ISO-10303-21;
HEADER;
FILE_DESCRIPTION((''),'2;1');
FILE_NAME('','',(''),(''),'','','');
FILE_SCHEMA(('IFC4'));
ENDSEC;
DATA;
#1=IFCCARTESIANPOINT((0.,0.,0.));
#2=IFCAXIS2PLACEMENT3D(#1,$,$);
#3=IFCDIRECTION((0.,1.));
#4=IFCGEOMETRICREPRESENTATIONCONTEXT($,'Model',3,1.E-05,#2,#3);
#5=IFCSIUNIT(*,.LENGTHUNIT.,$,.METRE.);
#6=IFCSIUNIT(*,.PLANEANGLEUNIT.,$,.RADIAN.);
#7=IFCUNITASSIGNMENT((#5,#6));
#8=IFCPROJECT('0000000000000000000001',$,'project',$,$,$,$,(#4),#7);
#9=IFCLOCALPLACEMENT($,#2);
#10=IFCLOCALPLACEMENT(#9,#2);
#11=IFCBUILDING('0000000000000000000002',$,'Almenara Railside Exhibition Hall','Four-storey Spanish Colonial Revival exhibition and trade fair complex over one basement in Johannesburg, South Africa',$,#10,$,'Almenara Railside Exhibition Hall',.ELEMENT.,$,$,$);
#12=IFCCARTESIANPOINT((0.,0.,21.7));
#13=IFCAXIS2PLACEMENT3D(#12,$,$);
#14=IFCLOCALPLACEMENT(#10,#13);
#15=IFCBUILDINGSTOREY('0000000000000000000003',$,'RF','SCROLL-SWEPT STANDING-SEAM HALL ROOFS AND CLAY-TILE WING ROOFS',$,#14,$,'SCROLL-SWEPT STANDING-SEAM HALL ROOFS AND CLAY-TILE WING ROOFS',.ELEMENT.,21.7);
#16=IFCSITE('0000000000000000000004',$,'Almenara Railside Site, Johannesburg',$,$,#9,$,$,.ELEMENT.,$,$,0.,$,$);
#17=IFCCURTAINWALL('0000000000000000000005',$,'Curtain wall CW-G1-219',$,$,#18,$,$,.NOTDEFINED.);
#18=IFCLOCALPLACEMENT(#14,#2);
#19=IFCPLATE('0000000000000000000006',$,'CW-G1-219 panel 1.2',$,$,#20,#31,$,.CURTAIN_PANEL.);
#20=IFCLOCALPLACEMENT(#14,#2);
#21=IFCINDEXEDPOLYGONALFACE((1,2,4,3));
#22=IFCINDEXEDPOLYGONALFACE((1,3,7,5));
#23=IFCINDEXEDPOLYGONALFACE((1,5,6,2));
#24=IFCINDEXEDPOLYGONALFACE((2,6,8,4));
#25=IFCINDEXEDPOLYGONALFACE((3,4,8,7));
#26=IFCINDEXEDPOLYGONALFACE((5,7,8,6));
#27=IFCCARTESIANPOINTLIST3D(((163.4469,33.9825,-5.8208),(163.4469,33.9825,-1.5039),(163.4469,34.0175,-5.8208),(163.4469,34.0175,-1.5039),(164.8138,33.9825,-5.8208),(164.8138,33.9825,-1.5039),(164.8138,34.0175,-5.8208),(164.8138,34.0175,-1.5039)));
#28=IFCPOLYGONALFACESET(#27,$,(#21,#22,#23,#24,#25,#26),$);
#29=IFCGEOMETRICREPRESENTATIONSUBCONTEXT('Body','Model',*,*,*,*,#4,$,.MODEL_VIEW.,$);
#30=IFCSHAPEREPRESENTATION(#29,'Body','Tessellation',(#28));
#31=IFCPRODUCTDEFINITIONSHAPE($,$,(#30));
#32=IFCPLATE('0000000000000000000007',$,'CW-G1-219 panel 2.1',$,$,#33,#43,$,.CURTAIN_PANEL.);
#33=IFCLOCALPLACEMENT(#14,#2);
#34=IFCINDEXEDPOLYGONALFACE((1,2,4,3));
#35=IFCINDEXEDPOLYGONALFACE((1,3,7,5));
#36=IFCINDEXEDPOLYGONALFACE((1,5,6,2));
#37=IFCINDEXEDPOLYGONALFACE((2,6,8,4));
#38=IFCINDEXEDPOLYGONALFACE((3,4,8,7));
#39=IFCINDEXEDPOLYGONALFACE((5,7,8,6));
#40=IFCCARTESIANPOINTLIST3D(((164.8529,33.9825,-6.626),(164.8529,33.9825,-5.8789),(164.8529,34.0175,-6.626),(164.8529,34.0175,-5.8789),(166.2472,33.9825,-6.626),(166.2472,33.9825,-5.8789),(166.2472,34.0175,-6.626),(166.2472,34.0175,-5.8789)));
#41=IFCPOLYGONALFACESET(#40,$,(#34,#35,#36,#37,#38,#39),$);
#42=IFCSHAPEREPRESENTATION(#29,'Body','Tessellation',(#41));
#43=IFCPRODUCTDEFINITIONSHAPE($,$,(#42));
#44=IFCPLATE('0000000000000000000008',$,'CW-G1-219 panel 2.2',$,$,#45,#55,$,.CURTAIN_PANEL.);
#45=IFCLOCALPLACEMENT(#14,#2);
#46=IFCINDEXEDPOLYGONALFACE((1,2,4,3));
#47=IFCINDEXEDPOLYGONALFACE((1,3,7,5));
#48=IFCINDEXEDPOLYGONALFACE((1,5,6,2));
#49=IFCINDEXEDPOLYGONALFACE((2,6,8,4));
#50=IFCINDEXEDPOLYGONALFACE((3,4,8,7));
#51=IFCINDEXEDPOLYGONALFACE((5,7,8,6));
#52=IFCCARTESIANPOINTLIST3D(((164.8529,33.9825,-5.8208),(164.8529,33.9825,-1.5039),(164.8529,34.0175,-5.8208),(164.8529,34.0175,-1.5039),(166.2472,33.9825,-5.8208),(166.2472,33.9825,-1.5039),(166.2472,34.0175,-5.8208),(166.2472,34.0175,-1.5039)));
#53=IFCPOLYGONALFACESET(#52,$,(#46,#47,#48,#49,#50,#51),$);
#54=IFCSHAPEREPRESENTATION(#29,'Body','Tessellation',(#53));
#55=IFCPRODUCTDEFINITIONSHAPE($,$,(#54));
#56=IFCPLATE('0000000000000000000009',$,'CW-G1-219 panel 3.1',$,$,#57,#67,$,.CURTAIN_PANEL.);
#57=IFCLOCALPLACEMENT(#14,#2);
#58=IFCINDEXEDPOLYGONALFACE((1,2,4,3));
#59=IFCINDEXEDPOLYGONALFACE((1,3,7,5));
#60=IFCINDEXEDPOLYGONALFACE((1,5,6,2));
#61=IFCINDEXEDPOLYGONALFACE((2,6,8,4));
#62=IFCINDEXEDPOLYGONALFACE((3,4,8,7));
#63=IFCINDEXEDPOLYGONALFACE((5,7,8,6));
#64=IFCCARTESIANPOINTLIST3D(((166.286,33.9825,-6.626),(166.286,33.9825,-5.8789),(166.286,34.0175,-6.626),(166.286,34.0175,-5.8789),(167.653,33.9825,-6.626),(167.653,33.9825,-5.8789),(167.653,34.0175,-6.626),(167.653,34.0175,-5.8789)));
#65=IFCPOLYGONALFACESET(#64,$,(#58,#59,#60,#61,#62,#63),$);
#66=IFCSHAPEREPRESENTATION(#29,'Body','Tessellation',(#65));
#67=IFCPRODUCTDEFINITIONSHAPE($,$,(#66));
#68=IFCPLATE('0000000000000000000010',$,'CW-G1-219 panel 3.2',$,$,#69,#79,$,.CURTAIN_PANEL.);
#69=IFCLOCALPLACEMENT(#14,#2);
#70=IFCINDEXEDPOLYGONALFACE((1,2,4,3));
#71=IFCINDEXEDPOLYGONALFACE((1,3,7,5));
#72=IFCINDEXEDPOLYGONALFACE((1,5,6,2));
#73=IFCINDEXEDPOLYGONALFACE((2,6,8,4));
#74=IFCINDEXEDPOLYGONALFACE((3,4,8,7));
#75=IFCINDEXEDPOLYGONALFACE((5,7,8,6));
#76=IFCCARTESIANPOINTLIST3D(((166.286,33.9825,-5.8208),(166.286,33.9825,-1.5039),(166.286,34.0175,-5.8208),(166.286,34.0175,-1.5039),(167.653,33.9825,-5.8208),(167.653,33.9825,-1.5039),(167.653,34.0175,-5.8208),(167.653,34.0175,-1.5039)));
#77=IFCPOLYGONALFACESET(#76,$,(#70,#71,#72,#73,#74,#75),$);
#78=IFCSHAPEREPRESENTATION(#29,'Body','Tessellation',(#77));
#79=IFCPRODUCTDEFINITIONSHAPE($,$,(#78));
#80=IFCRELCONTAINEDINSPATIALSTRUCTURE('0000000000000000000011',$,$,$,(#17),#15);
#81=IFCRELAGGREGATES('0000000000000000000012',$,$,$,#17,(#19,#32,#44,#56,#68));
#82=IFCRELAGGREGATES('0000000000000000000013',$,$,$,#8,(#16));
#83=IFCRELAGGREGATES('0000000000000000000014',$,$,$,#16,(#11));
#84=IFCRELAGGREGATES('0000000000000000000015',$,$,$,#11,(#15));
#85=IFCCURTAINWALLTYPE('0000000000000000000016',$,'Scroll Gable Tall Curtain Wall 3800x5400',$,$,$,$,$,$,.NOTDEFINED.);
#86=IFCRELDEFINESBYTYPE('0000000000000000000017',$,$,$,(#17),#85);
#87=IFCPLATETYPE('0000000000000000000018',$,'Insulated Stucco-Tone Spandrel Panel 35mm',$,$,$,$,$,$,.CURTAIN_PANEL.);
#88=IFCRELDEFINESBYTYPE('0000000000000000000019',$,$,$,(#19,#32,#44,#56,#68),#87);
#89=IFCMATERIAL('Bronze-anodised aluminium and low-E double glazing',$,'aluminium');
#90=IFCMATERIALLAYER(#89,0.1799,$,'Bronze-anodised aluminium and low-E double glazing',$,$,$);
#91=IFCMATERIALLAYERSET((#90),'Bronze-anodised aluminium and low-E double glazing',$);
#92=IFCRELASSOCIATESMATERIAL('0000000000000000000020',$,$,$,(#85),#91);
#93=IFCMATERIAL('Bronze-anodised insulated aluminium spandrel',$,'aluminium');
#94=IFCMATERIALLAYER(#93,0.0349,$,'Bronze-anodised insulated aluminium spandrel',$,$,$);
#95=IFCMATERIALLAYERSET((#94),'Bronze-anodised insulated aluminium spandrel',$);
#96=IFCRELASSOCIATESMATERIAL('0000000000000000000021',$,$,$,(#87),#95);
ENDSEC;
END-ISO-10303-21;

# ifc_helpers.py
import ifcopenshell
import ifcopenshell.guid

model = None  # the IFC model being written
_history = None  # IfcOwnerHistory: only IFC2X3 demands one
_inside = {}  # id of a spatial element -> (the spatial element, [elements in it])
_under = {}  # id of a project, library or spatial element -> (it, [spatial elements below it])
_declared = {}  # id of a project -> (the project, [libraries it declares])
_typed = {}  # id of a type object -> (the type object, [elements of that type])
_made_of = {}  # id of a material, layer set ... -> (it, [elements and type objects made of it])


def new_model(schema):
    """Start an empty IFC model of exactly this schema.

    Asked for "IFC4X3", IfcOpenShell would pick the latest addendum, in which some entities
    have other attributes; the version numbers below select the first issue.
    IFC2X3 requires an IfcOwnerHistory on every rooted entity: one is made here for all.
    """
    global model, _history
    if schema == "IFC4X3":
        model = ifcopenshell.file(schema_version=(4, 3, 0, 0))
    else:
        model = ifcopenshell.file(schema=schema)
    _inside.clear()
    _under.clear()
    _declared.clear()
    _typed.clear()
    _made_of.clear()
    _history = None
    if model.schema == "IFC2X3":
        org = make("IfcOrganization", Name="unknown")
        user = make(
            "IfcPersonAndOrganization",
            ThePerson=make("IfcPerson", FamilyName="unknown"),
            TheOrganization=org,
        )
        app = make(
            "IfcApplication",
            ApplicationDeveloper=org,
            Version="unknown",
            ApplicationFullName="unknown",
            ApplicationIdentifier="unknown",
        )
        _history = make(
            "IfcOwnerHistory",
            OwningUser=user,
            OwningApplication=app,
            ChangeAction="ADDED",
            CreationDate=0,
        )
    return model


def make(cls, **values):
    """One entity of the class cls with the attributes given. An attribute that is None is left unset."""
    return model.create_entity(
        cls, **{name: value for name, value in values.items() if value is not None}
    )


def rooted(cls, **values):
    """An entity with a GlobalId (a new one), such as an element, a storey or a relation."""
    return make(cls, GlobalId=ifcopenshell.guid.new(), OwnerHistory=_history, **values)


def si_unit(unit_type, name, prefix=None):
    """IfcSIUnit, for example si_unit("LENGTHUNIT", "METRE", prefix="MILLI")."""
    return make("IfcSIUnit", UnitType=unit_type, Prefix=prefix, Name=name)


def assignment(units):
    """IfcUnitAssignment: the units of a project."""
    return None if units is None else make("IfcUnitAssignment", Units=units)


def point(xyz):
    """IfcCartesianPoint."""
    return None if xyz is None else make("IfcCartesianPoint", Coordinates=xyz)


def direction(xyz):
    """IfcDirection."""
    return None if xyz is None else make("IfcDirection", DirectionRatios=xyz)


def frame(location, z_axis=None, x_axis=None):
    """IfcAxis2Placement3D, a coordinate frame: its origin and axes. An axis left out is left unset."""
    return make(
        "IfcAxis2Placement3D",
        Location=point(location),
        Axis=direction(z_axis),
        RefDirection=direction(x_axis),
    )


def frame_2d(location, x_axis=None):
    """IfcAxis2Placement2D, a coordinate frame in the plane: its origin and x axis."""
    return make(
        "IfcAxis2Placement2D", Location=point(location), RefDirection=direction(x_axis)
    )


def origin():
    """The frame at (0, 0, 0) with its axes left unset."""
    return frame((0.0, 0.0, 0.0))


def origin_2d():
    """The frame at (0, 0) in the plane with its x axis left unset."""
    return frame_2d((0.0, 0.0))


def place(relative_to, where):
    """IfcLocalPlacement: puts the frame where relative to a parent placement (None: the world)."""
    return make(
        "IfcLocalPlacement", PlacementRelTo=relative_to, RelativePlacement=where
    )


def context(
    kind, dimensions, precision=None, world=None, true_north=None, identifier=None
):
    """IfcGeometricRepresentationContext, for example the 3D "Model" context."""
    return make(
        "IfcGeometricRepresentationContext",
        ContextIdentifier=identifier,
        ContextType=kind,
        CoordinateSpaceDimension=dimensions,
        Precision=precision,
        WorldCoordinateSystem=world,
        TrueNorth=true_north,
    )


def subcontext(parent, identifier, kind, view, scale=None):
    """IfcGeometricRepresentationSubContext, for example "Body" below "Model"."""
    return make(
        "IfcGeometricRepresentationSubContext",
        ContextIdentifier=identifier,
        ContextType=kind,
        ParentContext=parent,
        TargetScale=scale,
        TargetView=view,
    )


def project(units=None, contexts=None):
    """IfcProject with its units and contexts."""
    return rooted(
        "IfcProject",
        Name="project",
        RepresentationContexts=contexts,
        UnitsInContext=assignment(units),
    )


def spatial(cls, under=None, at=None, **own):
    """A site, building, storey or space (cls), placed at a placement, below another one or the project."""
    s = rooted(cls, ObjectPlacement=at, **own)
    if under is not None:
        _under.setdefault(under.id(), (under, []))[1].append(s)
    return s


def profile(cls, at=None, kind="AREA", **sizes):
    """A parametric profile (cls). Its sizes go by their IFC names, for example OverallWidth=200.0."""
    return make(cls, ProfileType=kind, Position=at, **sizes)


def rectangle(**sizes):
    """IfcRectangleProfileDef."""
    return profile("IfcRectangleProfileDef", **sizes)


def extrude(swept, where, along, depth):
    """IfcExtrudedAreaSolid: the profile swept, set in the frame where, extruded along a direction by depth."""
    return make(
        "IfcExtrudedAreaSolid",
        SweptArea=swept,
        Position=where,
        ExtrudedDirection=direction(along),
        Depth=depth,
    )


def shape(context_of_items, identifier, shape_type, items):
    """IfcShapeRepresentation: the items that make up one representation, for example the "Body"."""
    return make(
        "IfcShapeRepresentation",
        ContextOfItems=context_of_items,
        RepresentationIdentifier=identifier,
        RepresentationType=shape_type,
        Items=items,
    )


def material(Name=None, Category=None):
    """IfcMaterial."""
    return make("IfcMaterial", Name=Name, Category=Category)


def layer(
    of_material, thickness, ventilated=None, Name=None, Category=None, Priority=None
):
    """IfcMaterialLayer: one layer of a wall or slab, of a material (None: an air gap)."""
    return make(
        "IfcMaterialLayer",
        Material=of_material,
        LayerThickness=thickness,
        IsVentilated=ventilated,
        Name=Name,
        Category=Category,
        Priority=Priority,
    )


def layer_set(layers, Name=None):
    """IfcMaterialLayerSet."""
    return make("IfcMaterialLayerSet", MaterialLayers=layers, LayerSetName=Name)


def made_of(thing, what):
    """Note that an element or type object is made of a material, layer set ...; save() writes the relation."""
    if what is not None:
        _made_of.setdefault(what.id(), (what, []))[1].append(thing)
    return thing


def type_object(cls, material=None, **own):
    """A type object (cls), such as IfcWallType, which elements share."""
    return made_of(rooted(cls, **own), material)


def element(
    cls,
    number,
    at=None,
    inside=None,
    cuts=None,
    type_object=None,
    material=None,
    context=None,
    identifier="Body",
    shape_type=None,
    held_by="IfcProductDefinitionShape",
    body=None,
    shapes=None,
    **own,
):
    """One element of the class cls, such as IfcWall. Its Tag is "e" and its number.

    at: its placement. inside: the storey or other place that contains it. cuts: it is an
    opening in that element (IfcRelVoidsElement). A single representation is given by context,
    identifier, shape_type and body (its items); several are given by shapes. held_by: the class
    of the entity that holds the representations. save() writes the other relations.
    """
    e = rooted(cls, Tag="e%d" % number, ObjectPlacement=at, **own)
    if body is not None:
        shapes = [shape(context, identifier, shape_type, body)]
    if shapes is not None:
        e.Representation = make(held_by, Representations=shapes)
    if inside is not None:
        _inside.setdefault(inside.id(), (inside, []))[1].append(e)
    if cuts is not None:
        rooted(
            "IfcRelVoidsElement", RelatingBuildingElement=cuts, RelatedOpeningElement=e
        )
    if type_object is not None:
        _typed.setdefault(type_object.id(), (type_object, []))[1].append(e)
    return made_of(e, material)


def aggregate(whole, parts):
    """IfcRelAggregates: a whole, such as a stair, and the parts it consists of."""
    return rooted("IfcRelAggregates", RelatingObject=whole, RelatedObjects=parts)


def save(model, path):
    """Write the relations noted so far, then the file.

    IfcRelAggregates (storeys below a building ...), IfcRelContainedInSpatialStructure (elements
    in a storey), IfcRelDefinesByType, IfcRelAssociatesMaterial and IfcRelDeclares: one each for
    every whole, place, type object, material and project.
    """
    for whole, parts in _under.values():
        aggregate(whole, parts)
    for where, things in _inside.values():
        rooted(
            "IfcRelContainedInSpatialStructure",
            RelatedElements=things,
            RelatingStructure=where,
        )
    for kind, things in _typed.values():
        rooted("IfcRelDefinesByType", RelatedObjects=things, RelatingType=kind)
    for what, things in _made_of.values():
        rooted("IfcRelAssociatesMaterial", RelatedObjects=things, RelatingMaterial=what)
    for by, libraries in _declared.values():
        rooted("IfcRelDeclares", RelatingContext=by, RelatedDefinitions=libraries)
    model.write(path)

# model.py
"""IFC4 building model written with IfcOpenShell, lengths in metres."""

from ifc_helpers import new_model, si_unit, direction, frame, origin, origin_2d, place, context, subcontext, project, spatial, rectangle, extrude, material, layer, layer_set, type_object, element, aggregate, save


model = new_model("IFC4")

# Units and contexts
model_context = context("Model", 3, precision=1e-05, world=origin(), true_north=direction((0.0, 1.0)))
body_context = subcontext(model_context, "Body", "Model", "MODEL_VIEW")
ifc_project = project(units=[si_unit("LENGTHUNIT", "METRE"), si_unit("PLANEANGLEUNIT", "RADIAN")], contexts=[model_context])

# Site, building, storey
site_placement = place(None, origin())
site = spatial("IfcSite", under=ifc_project, at=site_placement, Name="Almenara Railside Site, Johannesburg", CompositionType="ELEMENT", RefElevation=0.0)
building_placement = place(site_placement, origin())
building = spatial("IfcBuilding", under=site, at=building_placement, Name="Almenara Railside Exhibition Hall", Description="Four-storey Spanish Colonial Revival exhibition and trade fair complex over one basement in Johannesburg, South Africa", LongName="Almenara Railside Exhibition Hall", CompositionType="ELEMENT")
storey_placement = place(building_placement, frame((0.0, 0.0, 21.7)))
storey = spatial("IfcBuildingStorey", under=building, at=storey_placement, Name="RF", Description="SCROLL-SWEPT STANDING-SEAM HALL ROOFS AND CLAY-TILE WING ROOFS", LongName="SCROLL-SWEPT STANDING-SEAM HALL ROOFS AND CLAY-TILE WING ROOFS", CompositionType="ELEMENT", Elevation=21.7)

# Curtain wall
ifc_material_1 = material(Name="Bronze-anodised aluminium and low-E double glazing", Category="aluminium")
ifc_layer_1 = layer(ifc_material_1, 0.1799, Name="Bronze-anodised aluminium and low-E double glazing")
ifc_layer_set_1 = layer_set([ifc_layer_1], Name="Bronze-anodised aluminium and low-E double glazing")
curtain_wall_type = type_object("IfcCurtainWallType", Name="Scroll Gable Tall Curtain Wall 3800x5400", PredefinedType="NOTDEFINED", material=ifc_layer_set_1)
curtain_wall_1_placement = place(storey_placement, origin())
curtain_wall_1 = element("IfcCurtainWall", 1, at=curtain_wall_1_placement, inside=storey, type_object=curtain_wall_type, Name="Curtain wall CW-G1-219", PredefinedType="NOTDEFINED")

# Plates
ifc_material_2 = material(Name="Bronze-anodised insulated aluminium spandrel", Category="aluminium")
ifc_layer_2 = layer(ifc_material_2, 0.0349, Name="Bronze-anodised insulated aluminium spandrel")
ifc_layer_set_2 = layer_set([ifc_layer_2], Name="Bronze-anodised insulated aluminium spandrel")
plate_type_1 = type_object("IfcPlateType", Name="Insulated Stucco-Tone Spandrel Panel 35mm", PredefinedType="CURTAIN_PANEL", material=ifc_layer_set_2)
plate_1_placement = place(storey_placement, frame((164.1304, 34.0, -5.8208), z_axis=(0.0, 0.0, 1.0), x_axis=(1.0, 0.0, 0.0)))
plate_1 = element("IfcPlate", 2, at=plate_1_placement, type_object=plate_type_1, Name="CW-G1-219 panel 1.2", PredefinedType="CURTAIN_PANEL", context=body_context, shape_type="SweptSolid", body=[
    extrude(rectangle(XDim=1.3669, YDim=0.0349, at=origin_2d()), origin(), (0.0, 0.0, 1.0), 4.3169),
])
plate_2_placement = place(storey_placement, frame((165.55, 34.0, -6.626), z_axis=(0.0, 0.0, 1.0), x_axis=(1.0, 0.0, 0.0)))
plate_2 = element("IfcPlate", 3, at=plate_2_placement, type_object=plate_type_1, Name="CW-G1-219 panel 2.1", PredefinedType="CURTAIN_PANEL", context=body_context, shape_type="SweptSolid", body=[
    extrude(rectangle(XDim=1.3943, YDim=0.0349, at=origin_2d()), origin(), (0.0, 0.0, 1.0), 0.7471),
])
plate_3_placement = place(storey_placement, frame((165.55, 34.0, -5.8208), z_axis=(0.0, 0.0, 1.0), x_axis=(1.0, 0.0, 0.0)))
plate_3 = element("IfcPlate", 4, at=plate_3_placement, type_object=plate_type_1, Name="CW-G1-219 panel 2.2", PredefinedType="CURTAIN_PANEL", context=body_context, shape_type="SweptSolid", body=[
    extrude(rectangle(XDim=1.3943, YDim=0.0349, at=origin_2d()), origin(), (0.0, 0.0, 1.0), 4.3169),
])
plate_4_placement = place(storey_placement, frame((166.9695, 34.0, -6.626), z_axis=(0.0, 0.0, 1.0), x_axis=(1.0, 0.0, 0.0)))
plate_4 = element("IfcPlate", 5, at=plate_4_placement, type_object=plate_type_1, Name="CW-G1-219 panel 3.1", PredefinedType="CURTAIN_PANEL", context=body_context, shape_type="SweptSolid", body=[
    extrude(rectangle(XDim=1.3669, YDim=0.0349, at=origin_2d()), origin(), (0.0, 0.0, 1.0), 0.7471),
])
plate_5_placement = place(storey_placement, frame((166.9695, 34.0, -5.8208), z_axis=(0.0, 0.0, 1.0), x_axis=(1.0, 0.0, 0.0)))
plate_5 = element("IfcPlate", 6, at=plate_5_placement, type_object=plate_type_1, Name="CW-G1-219 panel 3.2", PredefinedType="CURTAIN_PANEL", context=body_context, shape_type="SweptSolid", body=[
    extrude(rectangle(XDim=1.3669, YDim=0.0349, at=origin_2d()), origin(), (0.0, 0.0, 1.0), 4.3169),
])
aggregate(curtain_wall_1, [plate_1, plate_2, plate_3, plate_4, plate_5])

save(model, "model.ifc")
